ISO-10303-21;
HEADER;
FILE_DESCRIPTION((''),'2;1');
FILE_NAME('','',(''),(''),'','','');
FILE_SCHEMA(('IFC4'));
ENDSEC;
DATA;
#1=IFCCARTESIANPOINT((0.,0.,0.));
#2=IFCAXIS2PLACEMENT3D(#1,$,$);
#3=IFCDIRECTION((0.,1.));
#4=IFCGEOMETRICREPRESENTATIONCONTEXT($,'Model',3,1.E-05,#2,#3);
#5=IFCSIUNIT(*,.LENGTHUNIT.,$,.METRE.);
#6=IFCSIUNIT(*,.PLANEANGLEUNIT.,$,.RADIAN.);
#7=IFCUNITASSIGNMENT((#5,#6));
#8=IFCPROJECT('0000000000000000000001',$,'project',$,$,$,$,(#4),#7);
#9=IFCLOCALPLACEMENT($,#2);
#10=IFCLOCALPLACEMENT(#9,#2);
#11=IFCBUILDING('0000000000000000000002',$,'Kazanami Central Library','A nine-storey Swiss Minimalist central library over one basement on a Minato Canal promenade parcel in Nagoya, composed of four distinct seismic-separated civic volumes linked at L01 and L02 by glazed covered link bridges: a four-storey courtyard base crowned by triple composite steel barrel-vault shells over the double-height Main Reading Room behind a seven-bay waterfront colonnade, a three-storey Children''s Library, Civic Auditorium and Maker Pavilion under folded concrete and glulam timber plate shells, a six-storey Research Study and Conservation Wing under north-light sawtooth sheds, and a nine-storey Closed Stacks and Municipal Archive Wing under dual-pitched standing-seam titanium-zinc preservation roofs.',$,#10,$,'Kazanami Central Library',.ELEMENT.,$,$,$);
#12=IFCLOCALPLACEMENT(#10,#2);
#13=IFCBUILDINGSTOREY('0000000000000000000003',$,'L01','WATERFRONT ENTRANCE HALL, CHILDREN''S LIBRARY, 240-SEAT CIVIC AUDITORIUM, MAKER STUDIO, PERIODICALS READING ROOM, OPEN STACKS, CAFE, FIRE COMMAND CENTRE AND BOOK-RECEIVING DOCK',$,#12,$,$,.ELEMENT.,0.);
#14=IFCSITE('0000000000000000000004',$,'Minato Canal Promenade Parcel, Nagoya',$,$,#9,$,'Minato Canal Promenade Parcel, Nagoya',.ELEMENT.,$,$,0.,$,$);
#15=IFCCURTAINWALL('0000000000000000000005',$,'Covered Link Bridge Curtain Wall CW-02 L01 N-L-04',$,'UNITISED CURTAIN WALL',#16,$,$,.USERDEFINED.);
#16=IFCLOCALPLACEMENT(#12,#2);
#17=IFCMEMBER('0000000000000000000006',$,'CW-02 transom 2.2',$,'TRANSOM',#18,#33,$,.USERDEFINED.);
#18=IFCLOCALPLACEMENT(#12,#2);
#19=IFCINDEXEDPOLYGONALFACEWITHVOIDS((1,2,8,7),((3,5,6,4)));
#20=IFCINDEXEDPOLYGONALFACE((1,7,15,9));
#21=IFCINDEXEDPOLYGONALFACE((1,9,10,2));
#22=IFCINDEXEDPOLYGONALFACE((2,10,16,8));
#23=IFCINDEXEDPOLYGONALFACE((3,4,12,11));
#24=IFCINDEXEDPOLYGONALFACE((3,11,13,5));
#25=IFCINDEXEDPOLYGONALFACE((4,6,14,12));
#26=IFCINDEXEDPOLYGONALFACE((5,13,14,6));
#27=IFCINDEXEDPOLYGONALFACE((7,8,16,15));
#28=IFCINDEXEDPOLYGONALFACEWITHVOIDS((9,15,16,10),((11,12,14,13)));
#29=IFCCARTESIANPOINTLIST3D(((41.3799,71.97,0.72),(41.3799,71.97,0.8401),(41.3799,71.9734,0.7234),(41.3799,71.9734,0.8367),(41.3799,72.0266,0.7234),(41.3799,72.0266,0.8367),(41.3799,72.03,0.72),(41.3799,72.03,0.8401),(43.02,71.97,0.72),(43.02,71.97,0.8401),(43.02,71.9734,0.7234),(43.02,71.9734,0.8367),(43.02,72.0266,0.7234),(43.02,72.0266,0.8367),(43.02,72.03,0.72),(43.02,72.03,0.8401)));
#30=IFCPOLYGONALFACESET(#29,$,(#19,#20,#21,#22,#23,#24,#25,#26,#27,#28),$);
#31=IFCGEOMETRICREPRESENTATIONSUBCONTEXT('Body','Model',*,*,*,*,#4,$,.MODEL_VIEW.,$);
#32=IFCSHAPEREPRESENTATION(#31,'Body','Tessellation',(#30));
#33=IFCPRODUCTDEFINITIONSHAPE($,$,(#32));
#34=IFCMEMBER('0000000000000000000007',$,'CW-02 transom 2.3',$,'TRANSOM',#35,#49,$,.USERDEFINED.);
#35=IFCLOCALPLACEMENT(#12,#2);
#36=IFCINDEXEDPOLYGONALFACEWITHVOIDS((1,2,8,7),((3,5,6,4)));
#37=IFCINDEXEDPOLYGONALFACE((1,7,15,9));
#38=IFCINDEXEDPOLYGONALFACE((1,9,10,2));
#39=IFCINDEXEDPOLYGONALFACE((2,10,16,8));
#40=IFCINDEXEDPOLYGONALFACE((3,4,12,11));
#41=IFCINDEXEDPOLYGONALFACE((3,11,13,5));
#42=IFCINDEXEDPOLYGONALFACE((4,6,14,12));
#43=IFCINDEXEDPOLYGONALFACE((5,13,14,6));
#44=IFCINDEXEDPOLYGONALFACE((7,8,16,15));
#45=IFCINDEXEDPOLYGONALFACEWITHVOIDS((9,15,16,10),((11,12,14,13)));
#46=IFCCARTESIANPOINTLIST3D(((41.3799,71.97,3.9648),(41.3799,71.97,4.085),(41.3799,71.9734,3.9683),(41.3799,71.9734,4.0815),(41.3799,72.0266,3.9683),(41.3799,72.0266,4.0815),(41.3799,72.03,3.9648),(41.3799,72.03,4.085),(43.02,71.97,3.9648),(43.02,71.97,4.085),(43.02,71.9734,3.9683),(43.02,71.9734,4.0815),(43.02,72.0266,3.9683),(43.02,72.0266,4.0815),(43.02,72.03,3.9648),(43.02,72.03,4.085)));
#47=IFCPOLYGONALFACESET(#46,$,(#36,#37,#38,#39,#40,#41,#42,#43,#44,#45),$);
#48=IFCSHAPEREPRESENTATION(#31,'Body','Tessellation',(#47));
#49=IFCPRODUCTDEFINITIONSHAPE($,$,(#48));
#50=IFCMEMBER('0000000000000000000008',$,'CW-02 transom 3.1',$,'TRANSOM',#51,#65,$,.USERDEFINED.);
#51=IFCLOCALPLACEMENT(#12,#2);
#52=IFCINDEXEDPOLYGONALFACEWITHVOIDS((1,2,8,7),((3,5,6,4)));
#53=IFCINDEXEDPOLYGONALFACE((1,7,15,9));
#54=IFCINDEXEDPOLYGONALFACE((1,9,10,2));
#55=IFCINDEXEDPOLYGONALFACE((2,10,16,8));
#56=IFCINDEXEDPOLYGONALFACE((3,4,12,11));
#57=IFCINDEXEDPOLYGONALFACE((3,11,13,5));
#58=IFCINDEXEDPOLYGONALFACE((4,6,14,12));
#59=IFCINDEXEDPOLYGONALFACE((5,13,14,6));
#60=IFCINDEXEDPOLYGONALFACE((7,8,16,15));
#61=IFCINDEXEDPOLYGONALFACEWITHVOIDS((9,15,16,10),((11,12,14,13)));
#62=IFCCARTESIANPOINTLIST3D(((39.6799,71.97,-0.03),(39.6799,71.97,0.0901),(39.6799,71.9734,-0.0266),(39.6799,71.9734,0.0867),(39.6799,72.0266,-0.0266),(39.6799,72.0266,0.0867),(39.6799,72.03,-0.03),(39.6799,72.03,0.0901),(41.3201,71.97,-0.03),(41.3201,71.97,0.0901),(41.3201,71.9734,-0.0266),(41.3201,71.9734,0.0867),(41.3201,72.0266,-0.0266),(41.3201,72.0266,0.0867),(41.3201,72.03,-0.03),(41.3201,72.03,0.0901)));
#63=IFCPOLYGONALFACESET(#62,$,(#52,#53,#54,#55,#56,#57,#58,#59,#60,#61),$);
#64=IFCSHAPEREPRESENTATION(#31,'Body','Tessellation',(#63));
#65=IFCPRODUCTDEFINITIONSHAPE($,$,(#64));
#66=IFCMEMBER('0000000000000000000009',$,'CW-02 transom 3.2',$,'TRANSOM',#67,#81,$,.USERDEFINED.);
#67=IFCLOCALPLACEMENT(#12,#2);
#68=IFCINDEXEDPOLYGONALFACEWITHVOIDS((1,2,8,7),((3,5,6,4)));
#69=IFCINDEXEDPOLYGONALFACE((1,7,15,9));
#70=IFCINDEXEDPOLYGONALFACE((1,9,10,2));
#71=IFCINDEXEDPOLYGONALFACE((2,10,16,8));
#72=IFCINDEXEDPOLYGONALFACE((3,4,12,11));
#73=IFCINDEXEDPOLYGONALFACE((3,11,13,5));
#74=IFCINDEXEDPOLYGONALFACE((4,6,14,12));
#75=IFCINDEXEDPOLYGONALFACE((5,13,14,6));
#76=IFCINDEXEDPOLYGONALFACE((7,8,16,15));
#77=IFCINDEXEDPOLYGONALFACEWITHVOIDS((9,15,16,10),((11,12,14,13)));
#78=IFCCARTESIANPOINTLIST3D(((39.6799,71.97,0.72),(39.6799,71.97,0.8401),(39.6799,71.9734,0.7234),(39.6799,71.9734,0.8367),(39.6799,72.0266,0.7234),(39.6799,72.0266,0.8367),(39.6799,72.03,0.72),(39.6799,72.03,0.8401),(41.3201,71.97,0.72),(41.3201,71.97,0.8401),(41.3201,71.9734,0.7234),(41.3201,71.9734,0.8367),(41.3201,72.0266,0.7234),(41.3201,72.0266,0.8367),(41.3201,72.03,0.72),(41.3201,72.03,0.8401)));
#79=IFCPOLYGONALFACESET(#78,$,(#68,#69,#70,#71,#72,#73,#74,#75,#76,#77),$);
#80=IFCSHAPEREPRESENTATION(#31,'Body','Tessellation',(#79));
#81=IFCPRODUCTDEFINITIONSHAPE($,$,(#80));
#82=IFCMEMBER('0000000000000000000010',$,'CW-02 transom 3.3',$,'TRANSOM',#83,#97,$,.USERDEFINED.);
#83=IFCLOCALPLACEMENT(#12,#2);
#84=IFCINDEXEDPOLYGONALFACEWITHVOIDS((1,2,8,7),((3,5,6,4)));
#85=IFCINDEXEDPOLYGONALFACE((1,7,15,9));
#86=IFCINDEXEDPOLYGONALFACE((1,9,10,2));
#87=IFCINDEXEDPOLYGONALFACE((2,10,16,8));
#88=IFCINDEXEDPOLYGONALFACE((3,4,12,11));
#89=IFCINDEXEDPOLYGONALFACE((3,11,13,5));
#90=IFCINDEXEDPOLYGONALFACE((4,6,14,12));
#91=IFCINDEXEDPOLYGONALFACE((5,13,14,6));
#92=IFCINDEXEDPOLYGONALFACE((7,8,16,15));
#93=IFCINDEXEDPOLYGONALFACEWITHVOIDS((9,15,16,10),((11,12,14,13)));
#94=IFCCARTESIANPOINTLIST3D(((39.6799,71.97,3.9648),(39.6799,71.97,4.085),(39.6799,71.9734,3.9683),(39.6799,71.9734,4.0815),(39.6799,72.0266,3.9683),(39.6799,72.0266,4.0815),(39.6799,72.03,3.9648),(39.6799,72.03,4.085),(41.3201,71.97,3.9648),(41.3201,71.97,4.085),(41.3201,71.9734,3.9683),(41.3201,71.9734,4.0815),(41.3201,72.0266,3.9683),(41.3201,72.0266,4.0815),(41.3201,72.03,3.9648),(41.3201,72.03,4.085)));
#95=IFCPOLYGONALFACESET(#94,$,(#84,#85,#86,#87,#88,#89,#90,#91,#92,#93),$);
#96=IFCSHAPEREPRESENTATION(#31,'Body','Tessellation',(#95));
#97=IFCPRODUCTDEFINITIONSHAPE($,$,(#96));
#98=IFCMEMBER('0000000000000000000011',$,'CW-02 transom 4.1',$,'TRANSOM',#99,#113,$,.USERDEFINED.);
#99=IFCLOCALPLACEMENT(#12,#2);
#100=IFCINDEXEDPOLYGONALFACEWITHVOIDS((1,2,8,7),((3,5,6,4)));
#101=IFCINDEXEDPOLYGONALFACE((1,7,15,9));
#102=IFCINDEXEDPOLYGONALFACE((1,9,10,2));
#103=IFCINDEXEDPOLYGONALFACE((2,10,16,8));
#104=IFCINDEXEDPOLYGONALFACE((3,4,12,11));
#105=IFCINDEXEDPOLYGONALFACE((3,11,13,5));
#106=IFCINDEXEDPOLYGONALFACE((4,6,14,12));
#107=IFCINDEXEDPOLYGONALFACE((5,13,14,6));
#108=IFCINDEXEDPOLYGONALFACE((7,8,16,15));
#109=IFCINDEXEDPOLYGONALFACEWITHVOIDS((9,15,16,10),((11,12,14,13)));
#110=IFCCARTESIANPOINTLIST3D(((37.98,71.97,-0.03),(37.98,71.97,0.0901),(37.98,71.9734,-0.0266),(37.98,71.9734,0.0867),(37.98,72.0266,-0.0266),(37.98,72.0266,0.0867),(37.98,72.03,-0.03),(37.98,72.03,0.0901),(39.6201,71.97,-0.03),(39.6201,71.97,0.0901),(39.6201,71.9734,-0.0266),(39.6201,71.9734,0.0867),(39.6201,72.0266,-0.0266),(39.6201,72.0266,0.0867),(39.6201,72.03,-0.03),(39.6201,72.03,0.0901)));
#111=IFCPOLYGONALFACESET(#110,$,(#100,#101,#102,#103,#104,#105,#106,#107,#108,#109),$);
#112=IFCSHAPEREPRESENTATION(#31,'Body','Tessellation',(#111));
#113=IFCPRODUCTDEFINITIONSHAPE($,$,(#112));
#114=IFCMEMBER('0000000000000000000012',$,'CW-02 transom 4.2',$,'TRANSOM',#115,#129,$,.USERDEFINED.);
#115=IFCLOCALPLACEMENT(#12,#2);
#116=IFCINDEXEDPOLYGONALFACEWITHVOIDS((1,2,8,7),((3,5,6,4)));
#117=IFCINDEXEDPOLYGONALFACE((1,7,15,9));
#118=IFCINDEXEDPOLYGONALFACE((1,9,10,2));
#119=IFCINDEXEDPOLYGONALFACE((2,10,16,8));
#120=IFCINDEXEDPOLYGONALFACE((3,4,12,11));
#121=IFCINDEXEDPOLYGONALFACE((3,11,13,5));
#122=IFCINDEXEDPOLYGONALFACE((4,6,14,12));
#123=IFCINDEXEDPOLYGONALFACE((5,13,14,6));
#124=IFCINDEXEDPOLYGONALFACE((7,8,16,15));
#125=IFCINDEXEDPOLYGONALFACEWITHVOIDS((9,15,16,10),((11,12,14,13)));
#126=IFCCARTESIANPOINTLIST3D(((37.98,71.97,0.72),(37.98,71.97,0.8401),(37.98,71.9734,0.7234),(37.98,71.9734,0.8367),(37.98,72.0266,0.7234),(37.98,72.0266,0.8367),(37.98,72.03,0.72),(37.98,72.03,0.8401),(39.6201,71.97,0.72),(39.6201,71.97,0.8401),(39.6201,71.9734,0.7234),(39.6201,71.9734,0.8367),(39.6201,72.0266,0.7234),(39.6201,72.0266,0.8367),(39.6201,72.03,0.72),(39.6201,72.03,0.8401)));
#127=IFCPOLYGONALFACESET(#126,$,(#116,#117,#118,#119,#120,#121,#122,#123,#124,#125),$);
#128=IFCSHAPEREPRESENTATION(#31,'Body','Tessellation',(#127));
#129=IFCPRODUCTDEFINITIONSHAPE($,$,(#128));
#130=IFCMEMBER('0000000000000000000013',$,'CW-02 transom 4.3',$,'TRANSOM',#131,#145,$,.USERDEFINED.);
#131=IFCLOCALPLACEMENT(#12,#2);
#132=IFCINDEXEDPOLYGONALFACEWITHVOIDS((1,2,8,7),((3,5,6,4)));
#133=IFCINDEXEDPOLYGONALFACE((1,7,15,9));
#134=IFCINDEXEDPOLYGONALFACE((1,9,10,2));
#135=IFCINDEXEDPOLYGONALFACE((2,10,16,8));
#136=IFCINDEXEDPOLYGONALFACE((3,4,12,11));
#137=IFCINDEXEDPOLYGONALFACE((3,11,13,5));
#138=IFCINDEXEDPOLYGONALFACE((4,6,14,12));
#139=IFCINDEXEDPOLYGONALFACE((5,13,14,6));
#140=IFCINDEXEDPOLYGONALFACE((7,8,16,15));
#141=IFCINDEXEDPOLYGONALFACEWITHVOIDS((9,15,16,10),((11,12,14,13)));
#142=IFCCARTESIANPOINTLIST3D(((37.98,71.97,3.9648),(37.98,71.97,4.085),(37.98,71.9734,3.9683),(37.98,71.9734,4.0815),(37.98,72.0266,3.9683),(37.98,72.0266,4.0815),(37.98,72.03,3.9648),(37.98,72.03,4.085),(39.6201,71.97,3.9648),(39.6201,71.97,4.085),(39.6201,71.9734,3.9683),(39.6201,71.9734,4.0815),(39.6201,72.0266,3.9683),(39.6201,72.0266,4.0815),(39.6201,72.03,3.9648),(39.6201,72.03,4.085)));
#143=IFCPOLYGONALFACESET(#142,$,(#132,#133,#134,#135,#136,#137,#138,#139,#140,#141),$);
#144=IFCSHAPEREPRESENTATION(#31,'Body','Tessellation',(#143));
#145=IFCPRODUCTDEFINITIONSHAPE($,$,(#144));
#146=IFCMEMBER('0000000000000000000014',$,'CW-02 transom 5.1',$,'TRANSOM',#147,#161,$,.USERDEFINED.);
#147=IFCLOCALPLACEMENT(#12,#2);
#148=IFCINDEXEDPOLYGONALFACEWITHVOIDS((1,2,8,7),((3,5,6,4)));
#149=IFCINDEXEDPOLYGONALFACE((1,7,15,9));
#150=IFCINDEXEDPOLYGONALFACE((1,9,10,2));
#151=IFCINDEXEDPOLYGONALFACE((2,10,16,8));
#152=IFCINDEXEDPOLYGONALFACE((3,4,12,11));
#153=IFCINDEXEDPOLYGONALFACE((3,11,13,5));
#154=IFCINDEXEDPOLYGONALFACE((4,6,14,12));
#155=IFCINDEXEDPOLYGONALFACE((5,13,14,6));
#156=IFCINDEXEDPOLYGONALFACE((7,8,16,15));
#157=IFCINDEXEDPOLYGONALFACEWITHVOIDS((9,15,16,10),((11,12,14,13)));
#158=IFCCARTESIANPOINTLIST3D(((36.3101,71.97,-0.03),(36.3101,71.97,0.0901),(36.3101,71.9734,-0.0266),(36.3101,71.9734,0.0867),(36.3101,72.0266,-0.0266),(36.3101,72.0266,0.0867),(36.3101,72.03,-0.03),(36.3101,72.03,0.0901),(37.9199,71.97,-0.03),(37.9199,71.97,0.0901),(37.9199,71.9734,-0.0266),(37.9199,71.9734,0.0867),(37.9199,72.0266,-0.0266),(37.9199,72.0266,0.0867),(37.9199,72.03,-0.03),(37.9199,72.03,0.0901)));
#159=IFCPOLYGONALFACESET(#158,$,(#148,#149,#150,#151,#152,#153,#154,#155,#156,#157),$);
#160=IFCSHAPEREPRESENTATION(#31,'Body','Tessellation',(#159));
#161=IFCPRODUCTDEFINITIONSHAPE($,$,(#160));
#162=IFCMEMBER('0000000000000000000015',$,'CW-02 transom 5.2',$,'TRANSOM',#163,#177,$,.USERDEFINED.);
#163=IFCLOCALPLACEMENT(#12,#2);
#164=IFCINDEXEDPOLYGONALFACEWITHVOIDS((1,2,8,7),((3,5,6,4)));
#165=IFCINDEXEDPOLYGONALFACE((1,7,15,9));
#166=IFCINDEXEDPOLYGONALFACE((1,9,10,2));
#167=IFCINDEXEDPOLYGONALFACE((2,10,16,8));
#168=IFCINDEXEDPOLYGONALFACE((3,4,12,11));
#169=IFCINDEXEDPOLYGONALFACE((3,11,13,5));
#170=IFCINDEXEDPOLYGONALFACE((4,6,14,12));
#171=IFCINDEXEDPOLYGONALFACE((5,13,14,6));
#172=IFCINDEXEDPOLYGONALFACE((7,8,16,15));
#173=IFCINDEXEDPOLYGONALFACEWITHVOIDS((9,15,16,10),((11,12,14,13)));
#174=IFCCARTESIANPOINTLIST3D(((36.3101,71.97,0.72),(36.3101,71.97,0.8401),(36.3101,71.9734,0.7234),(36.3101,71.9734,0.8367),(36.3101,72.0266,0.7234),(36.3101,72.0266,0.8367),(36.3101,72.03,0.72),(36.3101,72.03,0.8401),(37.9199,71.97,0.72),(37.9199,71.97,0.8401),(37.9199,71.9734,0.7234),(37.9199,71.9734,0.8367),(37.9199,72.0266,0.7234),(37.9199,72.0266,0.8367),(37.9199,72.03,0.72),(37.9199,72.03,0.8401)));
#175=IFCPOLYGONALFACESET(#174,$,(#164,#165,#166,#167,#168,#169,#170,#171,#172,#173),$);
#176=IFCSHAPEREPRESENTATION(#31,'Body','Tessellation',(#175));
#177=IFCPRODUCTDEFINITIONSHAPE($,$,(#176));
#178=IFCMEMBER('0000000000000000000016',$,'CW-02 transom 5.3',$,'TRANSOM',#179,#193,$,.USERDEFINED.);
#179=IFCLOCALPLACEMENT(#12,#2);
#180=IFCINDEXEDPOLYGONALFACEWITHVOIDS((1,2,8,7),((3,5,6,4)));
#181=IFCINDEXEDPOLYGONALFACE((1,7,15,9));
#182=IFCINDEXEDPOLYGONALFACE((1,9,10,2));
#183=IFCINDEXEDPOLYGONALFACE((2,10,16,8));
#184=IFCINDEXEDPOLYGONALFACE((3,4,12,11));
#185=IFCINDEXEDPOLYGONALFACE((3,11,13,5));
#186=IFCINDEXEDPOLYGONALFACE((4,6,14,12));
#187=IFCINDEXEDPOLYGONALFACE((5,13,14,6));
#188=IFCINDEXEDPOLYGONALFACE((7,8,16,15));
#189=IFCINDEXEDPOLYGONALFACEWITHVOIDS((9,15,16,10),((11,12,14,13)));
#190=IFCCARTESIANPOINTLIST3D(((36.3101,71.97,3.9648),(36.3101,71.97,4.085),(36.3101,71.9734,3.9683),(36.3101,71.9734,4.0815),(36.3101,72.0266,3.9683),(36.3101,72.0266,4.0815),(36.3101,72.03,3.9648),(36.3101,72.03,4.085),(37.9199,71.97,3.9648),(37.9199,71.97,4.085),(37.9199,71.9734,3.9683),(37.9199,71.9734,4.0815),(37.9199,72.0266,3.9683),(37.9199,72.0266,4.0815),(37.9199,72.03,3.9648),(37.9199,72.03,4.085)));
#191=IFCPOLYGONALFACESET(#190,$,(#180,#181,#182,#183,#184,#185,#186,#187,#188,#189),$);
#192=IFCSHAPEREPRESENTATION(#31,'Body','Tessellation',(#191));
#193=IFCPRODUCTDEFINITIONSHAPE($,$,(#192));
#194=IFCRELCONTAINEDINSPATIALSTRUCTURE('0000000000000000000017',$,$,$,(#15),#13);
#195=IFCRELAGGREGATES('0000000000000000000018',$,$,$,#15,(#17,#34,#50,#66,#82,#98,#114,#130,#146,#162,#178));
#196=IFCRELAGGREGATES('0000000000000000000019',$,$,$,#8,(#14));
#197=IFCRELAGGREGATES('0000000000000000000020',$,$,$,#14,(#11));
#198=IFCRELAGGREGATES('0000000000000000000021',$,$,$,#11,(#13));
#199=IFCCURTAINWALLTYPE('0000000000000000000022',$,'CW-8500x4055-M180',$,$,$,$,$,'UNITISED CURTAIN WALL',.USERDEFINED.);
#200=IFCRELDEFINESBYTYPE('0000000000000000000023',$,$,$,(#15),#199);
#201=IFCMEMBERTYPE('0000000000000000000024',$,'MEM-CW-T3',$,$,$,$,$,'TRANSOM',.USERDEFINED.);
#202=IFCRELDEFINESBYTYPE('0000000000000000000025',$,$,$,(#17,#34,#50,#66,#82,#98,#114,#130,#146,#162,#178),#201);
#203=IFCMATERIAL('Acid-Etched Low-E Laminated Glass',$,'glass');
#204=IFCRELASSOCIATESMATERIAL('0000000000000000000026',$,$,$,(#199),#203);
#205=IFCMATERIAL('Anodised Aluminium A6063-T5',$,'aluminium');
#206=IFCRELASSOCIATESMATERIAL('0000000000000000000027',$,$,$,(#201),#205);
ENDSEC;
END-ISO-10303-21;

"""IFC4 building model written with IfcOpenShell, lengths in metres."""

from ifc_helpers import new_model, si_unit, direction, frame, origin, origin_2d, place, context, subcontext, project, spatial, hollow_rectangle, extrude, material, material_profile, profile_set, type_object, element, aggregate, save


model = new_model("IFC4")

# Units and contexts
model_context = context("Model", 3, precision=1e-05, world=origin(), true_north=direction((0.0, 1.0)))
body_context = subcontext(model_context, "Body", "Model", "MODEL_VIEW")
ifc_project = project(units=[si_unit("LENGTHUNIT", "METRE"), si_unit("PLANEANGLEUNIT", "RADIAN")], contexts=[model_context])

# Site, building, storey
site_placement = place(None, origin())
site = spatial("IfcSite", under=ifc_project, at=site_placement, Name="Minato Canal Promenade Parcel, Nagoya", LongName="Minato Canal Promenade Parcel, Nagoya", CompositionType="ELEMENT", RefElevation=0.0)
building_placement = place(site_placement, origin())
building = spatial("IfcBuilding", under=site, at=building_placement, Name="Kazanami Central Library", Description="A nine-storey Swiss Minimalist central library over one basement on a Minato Canal promenade parcel in Nagoya, composed of four distinct seismic-separated civic volumes linked at L01 and L02 by glazed covered link bridges: a four-storey courtyard base crowned by triple composite steel barrel-vault shells over the double-height Main Reading Room behind a seven-bay waterfront colonnade, a three-storey Children's Library, Civic Auditorium and Maker Pavilion under folded concrete and glulam timber plate shells, a six-storey Research Study and Conservation Wing under north-light sawtooth sheds, and a nine-storey Closed Stacks and Municipal Archive Wing under dual-pitched standing-seam titanium-zinc preservation roofs.", LongName="Kazanami Central Library", CompositionType="ELEMENT")
storey_placement = place(building_placement, origin())
storey = spatial("IfcBuildingStorey", under=building, at=storey_placement, Name="L01", Description="WATERFRONT ENTRANCE HALL, CHILDREN'S LIBRARY, 240-SEAT CIVIC AUDITORIUM, MAKER STUDIO, PERIODICALS READING ROOM, OPEN STACKS, CAFE, FIRE COMMAND CENTRE AND BOOK-RECEIVING DOCK", CompositionType="ELEMENT", Elevation=0.0)

# Shared definitions
ifc_material_1 = material(Name="Acid-Etched Low-E Laminated Glass", Category="glass")
curtain_wall_type = type_object("IfcCurtainWallType", Name="CW-8500x4055-M180", ElementType="UNITISED CURTAIN WALL", PredefinedType="USERDEFINED", material=ifc_material_1)
ifc_material_2 = material(Name="Anodised Aluminium A6063-T5", Category="aluminium")

# Curtain wall
curtain_wall_1_placement = place(storey_placement, origin())
curtain_wall_1 = element("IfcCurtainWall", 1, at=curtain_wall_1_placement, inside=storey, type_object=curtain_wall_type, Name="Covered Link Bridge Curtain Wall CW-02 L01 N-L-04", ObjectType="UNITISED CURTAIN WALL", PredefinedType="USERDEFINED")

# Members
ifc_material_profile_1 = material_profile(ifc_material_2, hollow_rectangle(XDim=0.0601, YDim=0.1201, WallThickness=0.0034, at=origin_2d()), Name="ALU-TRAN-60x120x3.5")
ifc_profile_set_1 = profile_set([ifc_material_profile_1], Name="Anodised Aluminium A6063-T5")
member_type_1 = type_object("IfcMemberType", Name="MEM-CW-T3", ElementType="TRANSOM", PredefinedType="USERDEFINED", material=ifc_profile_set_1)
member_1_placement = place(storey_placement, frame((43.02, 72.0, 0.78), z_axis=(-1.0, 0.0, 0.0), x_axis=(0.0, -1.0, 0.0)))
member_1 = element("IfcMember", 2, at=member_1_placement, type_object=member_type_1, Name="CW-02 transom 2.2", ObjectType="TRANSOM", PredefinedType="USERDEFINED", context=body_context, shape_type="SweptSolid", body=[
    extrude(hollow_rectangle(XDim=0.0601, YDim=0.1201, WallThickness=0.0034, at=origin_2d()), origin(), (0.0, 0.0, 1.0), 1.6401),
])
member_2_placement = place(storey_placement, frame((43.02, 72.0, 4.0249), z_axis=(-1.0, 0.0, 0.0), x_axis=(0.0, -1.0, 0.0)))
member_2 = element("IfcMember", 3, at=member_2_placement, type_object=member_type_1, Name="CW-02 transom 2.3", ObjectType="TRANSOM", PredefinedType="USERDEFINED", context=body_context, shape_type="SweptSolid", body=[
    extrude(hollow_rectangle(XDim=0.0601, YDim=0.1201, WallThickness=0.0034, at=origin_2d()), origin(), (0.0, 0.0, 1.0), 1.6401),
])
member_3_placement = place(storey_placement, frame((41.3201, 72.0, 0.03), z_axis=(-1.0, 0.0, 0.0), x_axis=(0.0, -1.0, 0.0)))
member_3 = element("IfcMember", 4, at=member_3_placement, type_object=member_type_1, Name="CW-02 transom 3.1", ObjectType="TRANSOM", PredefinedType="USERDEFINED", context=body_context, shape_type="SweptSolid", body=[
    extrude(hollow_rectangle(XDim=0.0601, YDim=0.1201, WallThickness=0.0034, at=origin_2d()), origin(), (0.0, 0.0, 1.0), 1.6401),
])
member_4_placement = place(storey_placement, frame((41.3201, 72.0, 0.78), z_axis=(-1.0, 0.0, 0.0), x_axis=(0.0, -1.0, 0.0)))
member_4 = element("IfcMember", 5, at=member_4_placement, type_object=member_type_1, Name="CW-02 transom 3.2", ObjectType="TRANSOM", PredefinedType="USERDEFINED", context=body_context, shape_type="SweptSolid", body=[
    extrude(hollow_rectangle(XDim=0.0601, YDim=0.1201, WallThickness=0.0034, at=origin_2d()), origin(), (0.0, 0.0, 1.0), 1.6401),
])
member_5_placement = place(storey_placement, frame((41.3201, 72.0, 4.0249), z_axis=(-1.0, 0.0, 0.0), x_axis=(0.0, -1.0, 0.0)))
member_5 = element("IfcMember", 6, at=member_5_placement, type_object=member_type_1, Name="CW-02 transom 3.3", ObjectType="TRANSOM", PredefinedType="USERDEFINED", context=body_context, shape_type="SweptSolid", body=[
    extrude(hollow_rectangle(XDim=0.0601, YDim=0.1201, WallThickness=0.0034, at=origin_2d()), origin(), (0.0, 0.0, 1.0), 1.6401),
])
member_6_placement = place(storey_placement, frame((39.6201, 72.0, 0.03), z_axis=(-1.0, 0.0, 0.0), x_axis=(0.0, -1.0, 0.0)))
member_6 = element("IfcMember", 7, at=member_6_placement, type_object=member_type_1, Name="CW-02 transom 4.1", ObjectType="TRANSOM", PredefinedType="USERDEFINED", context=body_context, shape_type="SweptSolid", body=[
    extrude(hollow_rectangle(XDim=0.0601, YDim=0.1201, WallThickness=0.0034, at=origin_2d()), origin(), (0.0, 0.0, 1.0), 1.6401),
])
member_7_placement = place(storey_placement, frame((39.6201, 72.0, 0.78), z_axis=(-1.0, 0.0, 0.0), x_axis=(0.0, -1.0, 0.0)))
member_7 = element("IfcMember", 8, at=member_7_placement, type_object=member_type_1, Name="CW-02 transom 4.2", ObjectType="TRANSOM", PredefinedType="USERDEFINED", context=body_context, shape_type="SweptSolid", body=[
    extrude(hollow_rectangle(XDim=0.0601, YDim=0.1201, WallThickness=0.0034, at=origin_2d()), origin(), (0.0, 0.0, 1.0), 1.6401),
])
member_8_placement = place(storey_placement, frame((39.6201, 72.0, 4.0249), z_axis=(-1.0, 0.0, 0.0), x_axis=(0.0, -1.0, 0.0)))
member_8 = element("IfcMember", 9, at=member_8_placement, type_object=member_type_1, Name="CW-02 transom 4.3", ObjectType="TRANSOM", PredefinedType="USERDEFINED", context=body_context, shape_type="SweptSolid", body=[
    extrude(hollow_rectangle(XDim=0.0601, YDim=0.1201, WallThickness=0.0034, at=origin_2d()), origin(), (0.0, 0.0, 1.0), 1.6401),
])
member_9_placement = place(storey_placement, frame((37.9199, 72.0, 0.03), z_axis=(-1.0, 0.0, 0.0), x_axis=(0.0, -1.0, 0.0)))
member_9 = element("IfcMember", 10, at=member_9_placement, type_object=member_type_1, Name="CW-02 transom 5.1", ObjectType="TRANSOM", PredefinedType="USERDEFINED", context=body_context, shape_type="SweptSolid", body=[
    extrude(hollow_rectangle(XDim=0.0601, YDim=0.1201, WallThickness=0.0034, at=origin_2d()), origin(), (0.0, 0.0, 1.0), 1.6099),
])
member_10_placement = place(storey_placement, frame((37.9199, 72.0, 0.78), z_axis=(-1.0, 0.0, 0.0), x_axis=(0.0, -1.0, 0.0)))
member_10 = element("IfcMember", 11, at=member_10_placement, type_object=member_type_1, Name="CW-02 transom 5.2", ObjectType="TRANSOM", PredefinedType="USERDEFINED", context=body_context, shape_type="SweptSolid", body=[
    extrude(hollow_rectangle(XDim=0.0601, YDim=0.1201, WallThickness=0.0034, at=origin_2d()), origin(), (0.0, 0.0, 1.0), 1.6099),
])
member_11_placement = place(storey_placement, frame((37.9199, 72.0, 4.0249), z_axis=(-1.0, 0.0, 0.0), x_axis=(0.0, -1.0, 0.0)))
member_11 = element("IfcMember", 12, at=member_11_placement, type_object=member_type_1, Name="CW-02 transom 5.3", ObjectType="TRANSOM", PredefinedType="USERDEFINED", context=body_context, shape_type="SweptSolid", body=[
    extrude(hollow_rectangle(XDim=0.0601, YDim=0.1201, WallThickness=0.0034, at=origin_2d()), origin(), (0.0, 0.0, 1.0), 1.6099),
])

aggregate(curtain_wall_1, [member_1, member_2, member_3, member_4, member_5, member_6, member_7, member_8, member_9, member_10, member_11])

save(model, "model.ifc")
